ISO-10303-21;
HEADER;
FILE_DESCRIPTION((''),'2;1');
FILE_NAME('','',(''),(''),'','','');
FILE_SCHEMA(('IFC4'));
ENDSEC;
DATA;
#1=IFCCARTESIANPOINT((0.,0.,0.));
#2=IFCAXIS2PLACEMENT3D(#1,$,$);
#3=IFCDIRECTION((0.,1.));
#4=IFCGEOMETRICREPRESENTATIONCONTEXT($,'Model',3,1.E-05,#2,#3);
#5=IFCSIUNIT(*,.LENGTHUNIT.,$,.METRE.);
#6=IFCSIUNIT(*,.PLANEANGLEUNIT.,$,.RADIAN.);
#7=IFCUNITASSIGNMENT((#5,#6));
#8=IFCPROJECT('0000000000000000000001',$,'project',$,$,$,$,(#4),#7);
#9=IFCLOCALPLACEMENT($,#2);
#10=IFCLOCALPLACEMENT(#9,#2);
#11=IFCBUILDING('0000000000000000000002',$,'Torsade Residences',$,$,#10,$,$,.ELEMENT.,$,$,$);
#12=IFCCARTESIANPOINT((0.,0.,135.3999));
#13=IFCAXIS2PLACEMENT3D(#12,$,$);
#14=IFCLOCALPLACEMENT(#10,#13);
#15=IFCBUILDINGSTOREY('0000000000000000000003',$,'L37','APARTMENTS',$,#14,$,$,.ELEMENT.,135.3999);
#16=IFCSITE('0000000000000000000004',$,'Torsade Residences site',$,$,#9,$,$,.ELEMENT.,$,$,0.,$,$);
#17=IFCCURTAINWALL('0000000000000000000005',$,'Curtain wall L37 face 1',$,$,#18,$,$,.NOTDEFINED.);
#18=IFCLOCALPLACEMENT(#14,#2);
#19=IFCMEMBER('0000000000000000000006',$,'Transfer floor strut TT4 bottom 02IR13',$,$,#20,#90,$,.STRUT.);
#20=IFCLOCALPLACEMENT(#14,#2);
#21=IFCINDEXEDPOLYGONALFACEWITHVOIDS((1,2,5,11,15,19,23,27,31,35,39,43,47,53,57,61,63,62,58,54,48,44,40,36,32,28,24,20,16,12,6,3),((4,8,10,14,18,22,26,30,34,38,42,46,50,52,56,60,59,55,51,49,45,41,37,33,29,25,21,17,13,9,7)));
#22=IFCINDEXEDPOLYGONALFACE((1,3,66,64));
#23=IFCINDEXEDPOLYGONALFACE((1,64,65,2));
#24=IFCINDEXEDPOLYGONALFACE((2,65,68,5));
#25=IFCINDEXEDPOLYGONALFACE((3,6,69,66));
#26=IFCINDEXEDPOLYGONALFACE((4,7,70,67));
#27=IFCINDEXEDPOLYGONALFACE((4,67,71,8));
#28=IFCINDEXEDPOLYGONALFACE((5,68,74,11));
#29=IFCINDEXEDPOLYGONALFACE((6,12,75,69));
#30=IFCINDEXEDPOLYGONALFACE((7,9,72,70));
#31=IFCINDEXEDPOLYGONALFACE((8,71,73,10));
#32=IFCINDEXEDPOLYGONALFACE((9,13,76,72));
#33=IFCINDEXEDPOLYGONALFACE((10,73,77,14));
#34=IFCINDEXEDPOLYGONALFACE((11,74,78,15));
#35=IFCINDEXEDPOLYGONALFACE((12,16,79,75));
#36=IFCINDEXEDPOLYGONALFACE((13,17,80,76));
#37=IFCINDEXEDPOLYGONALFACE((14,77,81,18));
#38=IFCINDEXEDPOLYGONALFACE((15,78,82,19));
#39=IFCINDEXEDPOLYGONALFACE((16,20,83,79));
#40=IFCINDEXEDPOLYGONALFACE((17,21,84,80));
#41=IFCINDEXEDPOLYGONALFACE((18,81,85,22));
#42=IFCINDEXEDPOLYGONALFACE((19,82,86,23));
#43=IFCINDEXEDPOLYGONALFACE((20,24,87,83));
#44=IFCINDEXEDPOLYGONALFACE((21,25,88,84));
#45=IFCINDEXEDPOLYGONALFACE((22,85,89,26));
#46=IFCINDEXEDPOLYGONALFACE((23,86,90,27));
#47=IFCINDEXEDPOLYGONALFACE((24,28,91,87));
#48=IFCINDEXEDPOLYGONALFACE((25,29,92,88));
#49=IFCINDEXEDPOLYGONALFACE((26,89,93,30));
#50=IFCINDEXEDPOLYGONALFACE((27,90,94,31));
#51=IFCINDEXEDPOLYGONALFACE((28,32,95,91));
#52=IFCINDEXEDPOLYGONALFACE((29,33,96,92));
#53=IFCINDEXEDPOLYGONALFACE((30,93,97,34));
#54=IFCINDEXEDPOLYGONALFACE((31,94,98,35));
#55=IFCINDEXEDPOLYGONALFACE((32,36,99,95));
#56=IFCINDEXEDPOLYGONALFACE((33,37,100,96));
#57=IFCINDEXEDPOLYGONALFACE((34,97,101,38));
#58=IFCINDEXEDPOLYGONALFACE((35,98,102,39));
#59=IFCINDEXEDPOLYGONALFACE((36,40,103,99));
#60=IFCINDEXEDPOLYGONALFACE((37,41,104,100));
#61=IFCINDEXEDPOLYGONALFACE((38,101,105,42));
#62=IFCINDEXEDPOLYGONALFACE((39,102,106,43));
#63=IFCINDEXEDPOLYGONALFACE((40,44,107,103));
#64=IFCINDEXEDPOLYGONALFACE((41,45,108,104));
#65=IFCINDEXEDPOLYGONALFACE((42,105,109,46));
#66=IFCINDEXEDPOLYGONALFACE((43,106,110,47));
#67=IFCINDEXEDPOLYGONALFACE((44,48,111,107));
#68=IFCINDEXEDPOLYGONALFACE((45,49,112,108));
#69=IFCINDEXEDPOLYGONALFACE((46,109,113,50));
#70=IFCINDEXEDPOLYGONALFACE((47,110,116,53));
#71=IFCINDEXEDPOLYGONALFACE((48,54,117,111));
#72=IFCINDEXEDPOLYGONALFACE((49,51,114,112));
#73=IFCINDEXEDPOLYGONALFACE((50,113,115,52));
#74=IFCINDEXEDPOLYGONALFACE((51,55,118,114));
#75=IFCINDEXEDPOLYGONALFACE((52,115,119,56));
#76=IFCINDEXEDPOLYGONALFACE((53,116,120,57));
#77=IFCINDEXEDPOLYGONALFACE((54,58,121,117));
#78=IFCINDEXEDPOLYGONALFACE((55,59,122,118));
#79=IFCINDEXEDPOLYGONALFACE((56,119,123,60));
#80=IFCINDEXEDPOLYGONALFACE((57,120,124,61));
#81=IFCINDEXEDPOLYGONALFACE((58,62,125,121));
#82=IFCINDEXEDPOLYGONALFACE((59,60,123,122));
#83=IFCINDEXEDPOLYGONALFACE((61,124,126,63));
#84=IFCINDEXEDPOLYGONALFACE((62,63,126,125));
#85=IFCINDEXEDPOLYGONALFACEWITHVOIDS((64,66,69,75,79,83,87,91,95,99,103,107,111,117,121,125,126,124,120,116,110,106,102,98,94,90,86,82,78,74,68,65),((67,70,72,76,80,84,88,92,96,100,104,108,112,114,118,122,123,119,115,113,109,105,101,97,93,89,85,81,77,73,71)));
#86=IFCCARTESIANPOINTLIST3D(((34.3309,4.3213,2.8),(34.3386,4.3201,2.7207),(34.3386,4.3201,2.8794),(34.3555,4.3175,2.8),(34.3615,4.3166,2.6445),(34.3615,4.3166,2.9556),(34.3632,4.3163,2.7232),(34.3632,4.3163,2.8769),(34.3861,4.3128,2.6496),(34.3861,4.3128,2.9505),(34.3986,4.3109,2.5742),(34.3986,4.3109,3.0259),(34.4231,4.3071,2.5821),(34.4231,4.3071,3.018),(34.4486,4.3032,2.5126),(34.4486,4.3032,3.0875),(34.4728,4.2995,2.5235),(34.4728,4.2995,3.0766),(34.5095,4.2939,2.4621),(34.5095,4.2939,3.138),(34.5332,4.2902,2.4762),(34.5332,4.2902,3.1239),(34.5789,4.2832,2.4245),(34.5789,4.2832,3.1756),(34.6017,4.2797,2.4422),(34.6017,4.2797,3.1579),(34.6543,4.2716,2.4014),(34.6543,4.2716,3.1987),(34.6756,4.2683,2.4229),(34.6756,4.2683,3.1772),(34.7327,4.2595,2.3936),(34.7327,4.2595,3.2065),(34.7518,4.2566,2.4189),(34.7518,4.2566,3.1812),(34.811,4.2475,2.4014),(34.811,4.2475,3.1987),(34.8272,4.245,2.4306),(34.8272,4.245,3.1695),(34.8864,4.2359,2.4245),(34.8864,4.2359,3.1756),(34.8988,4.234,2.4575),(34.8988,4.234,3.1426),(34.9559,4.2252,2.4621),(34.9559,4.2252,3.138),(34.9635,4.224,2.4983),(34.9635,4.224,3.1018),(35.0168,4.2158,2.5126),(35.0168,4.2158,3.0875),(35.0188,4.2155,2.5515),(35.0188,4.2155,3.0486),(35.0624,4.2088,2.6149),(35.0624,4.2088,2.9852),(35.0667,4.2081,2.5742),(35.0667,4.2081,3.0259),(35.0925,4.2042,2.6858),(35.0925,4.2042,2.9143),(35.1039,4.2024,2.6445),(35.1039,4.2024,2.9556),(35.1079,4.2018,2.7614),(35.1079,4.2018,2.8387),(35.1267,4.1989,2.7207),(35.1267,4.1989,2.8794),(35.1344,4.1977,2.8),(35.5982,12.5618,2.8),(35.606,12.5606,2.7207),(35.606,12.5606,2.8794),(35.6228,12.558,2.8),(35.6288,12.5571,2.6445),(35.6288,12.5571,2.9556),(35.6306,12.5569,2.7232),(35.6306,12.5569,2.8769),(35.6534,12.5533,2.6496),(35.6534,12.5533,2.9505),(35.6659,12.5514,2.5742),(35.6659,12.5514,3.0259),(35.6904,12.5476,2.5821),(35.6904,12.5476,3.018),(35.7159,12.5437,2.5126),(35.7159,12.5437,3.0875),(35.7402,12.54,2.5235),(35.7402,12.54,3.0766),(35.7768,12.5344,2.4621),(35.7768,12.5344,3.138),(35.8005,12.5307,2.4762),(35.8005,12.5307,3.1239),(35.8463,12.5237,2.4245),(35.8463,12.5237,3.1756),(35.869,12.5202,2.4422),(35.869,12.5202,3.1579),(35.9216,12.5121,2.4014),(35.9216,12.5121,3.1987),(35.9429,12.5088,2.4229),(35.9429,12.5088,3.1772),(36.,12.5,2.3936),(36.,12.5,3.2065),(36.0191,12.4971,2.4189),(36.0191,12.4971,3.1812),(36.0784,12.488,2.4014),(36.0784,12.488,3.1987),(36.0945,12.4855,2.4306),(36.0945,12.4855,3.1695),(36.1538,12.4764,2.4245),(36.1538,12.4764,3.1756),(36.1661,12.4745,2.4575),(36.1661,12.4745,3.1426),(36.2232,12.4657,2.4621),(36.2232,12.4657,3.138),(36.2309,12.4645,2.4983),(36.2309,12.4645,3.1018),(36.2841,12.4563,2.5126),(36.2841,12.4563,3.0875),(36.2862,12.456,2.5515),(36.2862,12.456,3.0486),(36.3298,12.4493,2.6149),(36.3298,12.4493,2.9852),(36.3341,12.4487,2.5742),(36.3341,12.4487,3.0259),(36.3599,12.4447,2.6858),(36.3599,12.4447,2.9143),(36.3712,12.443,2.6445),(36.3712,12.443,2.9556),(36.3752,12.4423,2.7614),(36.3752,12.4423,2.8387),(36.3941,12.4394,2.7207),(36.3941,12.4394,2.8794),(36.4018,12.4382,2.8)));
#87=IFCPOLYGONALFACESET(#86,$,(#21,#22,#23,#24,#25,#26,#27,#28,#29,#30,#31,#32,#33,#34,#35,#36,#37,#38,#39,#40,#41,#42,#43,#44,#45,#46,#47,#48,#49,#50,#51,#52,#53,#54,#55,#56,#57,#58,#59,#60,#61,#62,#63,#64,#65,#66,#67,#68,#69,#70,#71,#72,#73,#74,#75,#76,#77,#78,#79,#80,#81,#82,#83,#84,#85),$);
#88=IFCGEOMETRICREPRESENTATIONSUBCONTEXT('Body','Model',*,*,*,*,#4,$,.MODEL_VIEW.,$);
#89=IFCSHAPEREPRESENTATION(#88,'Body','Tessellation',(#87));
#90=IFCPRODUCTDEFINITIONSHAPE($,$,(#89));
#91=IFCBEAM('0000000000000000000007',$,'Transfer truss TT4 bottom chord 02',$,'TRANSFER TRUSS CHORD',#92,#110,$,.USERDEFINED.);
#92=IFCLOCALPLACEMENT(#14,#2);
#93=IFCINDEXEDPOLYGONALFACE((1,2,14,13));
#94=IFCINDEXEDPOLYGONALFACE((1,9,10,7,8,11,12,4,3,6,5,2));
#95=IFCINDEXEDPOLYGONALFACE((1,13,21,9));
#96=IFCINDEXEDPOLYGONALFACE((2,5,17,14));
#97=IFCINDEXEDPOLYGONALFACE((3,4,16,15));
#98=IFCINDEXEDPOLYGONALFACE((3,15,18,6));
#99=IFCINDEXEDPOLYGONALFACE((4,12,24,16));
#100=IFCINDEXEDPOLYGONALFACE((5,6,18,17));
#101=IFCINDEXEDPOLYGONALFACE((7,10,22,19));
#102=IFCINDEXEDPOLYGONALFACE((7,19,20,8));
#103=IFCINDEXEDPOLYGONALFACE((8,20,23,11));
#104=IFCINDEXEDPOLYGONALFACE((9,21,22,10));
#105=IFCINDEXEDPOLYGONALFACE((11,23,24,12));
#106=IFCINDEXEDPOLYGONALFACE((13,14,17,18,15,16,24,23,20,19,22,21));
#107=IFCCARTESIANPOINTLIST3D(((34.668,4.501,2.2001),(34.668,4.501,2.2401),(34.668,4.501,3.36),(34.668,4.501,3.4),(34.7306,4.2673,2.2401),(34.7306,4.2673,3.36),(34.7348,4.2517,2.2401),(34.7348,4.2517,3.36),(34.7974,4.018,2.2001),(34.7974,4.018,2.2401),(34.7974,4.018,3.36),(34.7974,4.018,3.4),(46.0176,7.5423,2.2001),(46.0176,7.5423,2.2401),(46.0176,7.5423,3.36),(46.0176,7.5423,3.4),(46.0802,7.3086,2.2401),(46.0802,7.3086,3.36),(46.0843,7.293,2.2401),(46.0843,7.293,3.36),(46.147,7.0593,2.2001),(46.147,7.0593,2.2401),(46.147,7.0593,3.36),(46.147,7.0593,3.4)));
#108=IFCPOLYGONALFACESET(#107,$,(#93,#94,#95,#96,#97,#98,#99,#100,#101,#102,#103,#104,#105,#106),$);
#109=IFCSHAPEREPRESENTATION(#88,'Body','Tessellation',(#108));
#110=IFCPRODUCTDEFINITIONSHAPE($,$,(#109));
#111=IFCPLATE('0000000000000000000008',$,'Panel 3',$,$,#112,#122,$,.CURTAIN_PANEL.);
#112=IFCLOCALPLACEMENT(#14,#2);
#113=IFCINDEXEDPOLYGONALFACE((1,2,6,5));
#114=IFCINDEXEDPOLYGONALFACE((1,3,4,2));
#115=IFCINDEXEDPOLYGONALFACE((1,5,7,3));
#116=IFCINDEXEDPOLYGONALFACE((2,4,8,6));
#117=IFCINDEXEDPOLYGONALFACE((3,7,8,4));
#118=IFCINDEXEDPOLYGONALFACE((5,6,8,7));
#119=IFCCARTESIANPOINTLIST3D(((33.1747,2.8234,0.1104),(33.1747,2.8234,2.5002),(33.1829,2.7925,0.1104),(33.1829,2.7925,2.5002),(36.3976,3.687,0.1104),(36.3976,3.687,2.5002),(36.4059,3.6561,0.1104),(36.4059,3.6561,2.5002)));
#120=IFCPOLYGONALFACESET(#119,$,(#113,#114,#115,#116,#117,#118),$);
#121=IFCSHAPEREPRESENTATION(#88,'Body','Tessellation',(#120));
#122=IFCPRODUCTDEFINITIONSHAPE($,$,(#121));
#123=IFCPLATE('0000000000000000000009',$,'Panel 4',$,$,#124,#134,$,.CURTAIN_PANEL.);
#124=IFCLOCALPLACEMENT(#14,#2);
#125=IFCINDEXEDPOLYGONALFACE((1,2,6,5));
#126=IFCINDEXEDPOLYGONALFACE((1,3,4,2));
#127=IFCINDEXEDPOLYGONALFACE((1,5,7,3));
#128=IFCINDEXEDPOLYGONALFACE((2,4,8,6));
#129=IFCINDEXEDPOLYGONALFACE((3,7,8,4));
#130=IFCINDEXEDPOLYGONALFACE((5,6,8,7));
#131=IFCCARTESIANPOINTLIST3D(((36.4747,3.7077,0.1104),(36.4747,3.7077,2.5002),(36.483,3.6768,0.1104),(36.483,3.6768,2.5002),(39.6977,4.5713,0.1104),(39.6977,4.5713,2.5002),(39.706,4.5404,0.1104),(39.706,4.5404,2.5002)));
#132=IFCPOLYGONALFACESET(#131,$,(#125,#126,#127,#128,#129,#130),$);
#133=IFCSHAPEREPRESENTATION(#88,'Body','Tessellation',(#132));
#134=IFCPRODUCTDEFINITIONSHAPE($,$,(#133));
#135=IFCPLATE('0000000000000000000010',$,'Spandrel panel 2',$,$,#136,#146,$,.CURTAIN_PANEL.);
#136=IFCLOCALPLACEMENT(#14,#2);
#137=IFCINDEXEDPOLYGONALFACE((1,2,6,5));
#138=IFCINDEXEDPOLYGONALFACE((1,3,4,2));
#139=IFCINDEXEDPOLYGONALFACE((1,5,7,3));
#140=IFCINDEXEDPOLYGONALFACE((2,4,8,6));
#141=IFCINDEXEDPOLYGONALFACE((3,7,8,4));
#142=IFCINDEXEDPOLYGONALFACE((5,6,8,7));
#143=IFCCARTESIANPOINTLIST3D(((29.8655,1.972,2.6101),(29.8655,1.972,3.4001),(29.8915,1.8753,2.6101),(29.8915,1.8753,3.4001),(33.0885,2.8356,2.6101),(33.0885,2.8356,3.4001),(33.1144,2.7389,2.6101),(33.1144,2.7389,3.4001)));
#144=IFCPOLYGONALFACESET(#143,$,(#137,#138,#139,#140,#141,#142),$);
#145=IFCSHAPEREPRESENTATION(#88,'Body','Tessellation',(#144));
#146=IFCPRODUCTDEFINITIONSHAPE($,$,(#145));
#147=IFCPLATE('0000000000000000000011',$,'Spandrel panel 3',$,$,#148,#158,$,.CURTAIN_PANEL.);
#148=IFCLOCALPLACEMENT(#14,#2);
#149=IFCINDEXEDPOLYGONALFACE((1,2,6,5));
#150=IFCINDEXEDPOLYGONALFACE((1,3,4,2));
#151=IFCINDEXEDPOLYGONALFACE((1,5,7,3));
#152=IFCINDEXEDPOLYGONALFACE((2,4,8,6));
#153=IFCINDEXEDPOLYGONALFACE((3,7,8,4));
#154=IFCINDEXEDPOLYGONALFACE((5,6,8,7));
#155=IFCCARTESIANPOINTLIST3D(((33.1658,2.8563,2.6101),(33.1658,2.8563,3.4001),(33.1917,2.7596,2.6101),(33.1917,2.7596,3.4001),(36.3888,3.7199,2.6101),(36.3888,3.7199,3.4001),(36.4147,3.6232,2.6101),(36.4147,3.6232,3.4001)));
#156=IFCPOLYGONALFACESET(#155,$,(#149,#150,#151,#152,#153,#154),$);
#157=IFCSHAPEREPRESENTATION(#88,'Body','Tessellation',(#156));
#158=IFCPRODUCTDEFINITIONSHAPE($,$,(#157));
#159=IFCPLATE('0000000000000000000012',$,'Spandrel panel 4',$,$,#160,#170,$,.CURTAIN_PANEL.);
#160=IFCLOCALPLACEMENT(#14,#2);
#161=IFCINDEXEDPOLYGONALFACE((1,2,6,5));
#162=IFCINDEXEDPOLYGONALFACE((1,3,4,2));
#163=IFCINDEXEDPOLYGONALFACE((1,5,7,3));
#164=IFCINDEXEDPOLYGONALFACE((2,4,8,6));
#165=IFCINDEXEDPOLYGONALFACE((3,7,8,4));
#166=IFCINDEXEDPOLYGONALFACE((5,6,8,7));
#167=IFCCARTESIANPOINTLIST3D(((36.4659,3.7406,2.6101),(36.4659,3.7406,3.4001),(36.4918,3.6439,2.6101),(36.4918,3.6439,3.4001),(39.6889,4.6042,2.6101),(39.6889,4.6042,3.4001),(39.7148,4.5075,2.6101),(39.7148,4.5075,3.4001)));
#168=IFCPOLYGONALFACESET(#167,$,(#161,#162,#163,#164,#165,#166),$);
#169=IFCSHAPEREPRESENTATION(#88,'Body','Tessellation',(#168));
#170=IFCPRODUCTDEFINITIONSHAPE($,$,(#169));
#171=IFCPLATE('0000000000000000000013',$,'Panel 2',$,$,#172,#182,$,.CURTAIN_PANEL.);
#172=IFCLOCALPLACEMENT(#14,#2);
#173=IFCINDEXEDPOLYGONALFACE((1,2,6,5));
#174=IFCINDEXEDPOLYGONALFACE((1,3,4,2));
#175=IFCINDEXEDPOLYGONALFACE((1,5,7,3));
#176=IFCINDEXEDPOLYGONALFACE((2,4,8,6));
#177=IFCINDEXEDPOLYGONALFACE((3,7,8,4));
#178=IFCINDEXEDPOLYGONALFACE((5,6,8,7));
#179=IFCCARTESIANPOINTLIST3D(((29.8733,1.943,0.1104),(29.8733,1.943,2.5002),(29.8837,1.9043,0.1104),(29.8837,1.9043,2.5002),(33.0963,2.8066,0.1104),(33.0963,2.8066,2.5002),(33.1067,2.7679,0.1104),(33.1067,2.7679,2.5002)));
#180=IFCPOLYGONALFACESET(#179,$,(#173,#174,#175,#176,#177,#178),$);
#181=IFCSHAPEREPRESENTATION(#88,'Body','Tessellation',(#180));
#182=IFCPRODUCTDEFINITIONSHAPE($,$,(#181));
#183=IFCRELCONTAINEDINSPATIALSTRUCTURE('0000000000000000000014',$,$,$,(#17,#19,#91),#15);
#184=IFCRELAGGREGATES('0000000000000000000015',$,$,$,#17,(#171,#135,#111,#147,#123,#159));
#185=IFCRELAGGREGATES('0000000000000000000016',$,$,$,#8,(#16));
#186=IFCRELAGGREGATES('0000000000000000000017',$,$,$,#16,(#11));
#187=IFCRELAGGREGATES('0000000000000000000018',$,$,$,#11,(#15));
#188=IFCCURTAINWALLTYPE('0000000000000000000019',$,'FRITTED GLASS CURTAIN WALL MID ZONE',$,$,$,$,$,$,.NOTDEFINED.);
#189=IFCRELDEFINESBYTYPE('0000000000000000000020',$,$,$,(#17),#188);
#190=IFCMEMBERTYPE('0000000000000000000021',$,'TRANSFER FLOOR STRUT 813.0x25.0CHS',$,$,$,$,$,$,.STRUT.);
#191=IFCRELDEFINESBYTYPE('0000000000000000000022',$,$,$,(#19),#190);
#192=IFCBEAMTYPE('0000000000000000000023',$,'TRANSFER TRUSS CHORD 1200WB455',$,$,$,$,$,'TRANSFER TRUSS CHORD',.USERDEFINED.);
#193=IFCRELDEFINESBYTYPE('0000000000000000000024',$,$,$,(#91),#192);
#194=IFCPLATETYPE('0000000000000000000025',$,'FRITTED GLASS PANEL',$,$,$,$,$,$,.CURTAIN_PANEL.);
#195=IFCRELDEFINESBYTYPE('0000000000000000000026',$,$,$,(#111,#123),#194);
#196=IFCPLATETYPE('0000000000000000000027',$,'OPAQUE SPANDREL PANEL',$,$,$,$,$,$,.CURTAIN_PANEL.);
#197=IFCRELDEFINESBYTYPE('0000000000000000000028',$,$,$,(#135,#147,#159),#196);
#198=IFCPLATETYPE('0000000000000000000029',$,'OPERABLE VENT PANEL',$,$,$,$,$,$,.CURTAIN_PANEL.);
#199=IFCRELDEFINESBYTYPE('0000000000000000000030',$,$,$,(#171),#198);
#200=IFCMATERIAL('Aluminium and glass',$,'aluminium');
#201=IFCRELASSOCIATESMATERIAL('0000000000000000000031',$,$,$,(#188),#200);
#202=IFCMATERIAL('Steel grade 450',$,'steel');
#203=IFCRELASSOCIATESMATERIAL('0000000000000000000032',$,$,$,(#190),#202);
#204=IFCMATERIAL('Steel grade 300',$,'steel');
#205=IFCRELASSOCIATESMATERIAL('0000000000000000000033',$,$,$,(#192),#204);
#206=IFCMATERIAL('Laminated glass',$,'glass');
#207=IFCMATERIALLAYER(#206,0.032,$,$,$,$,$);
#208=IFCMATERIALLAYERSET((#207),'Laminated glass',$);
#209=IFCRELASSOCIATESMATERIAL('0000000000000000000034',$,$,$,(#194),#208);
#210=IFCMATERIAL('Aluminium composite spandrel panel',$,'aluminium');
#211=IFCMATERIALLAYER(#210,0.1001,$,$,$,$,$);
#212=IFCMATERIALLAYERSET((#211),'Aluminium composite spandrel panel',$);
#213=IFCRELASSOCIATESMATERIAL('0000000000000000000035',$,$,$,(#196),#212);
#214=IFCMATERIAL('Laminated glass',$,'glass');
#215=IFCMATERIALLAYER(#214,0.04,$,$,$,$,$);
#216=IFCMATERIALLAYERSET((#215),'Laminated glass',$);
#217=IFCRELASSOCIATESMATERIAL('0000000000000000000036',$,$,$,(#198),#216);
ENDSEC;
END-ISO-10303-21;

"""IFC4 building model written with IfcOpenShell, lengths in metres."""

from ifc_helpers import new_model, si_unit, direction, frame, origin, origin_2d, place, context, subcontext, project, spatial, rectangle, hollow_circle, i_section, extrude, material, layer, layer_set, material_profile, profile_set, type_object, element, aggregate, save


model = new_model("IFC4")

# Units and contexts
model_context = context("Model", 3, precision=1e-05, world=origin(), true_north=direction((0.0, 1.0)))
body_context = subcontext(model_context, "Body", "Model", "MODEL_VIEW")
ifc_project = project(units=[si_unit("LENGTHUNIT", "METRE"), si_unit("PLANEANGLEUNIT", "RADIAN")], contexts=[model_context])

# Site, building, storey
site_placement = place(None, origin())
site = spatial("IfcSite", under=ifc_project, at=site_placement, Name="Torsade Residences site", CompositionType="ELEMENT", RefElevation=0.0)
building_placement = place(site_placement, origin())
building = spatial("IfcBuilding", under=site, at=building_placement, Name="Torsade Residences", CompositionType="ELEMENT")
storey_placement = place(building_placement, frame((0.0, 0.0, 135.3999)))
storey = spatial("IfcBuildingStorey", under=building, at=storey_placement, Name="L37", Description="APARTMENTS", CompositionType="ELEMENT", Elevation=135.3999)

# Curtain wall
ifc_material_1 = material(Name="Aluminium and glass", Category="aluminium")
curtain_wall_type = type_object("IfcCurtainWallType", Name="FRITTED GLASS CURTAIN WALL MID ZONE", PredefinedType="NOTDEFINED", material=ifc_material_1)
curtain_wall_placement = place(storey_placement, origin())
curtain_wall = element("IfcCurtainWall", 1, at=curtain_wall_placement, inside=storey, type_object=curtain_wall_type, Name="Curtain wall L37 face 1", PredefinedType="NOTDEFINED")

# Member
ifc_material_2 = material(Name="Steel grade 450", Category="steel")
ifc_material_profile_1 = material_profile(ifc_material_2, hollow_circle(Radius=0.4065, WallThickness=0.0249, at=origin_2d()), Name="813.0x25.0CHS")
ifc_profile_set_1 = profile_set([ifc_material_profile_1], Name="Steel grade 450")
member_type_1 = type_object("IfcMemberType", Name="TRANSFER FLOOR STRUT 813.0x25.0CHS", PredefinedType="STRUT", material=ifc_profile_set_1)
member_1_placement = place(storey_placement, frame((34.7327, 4.2595, 2.8), z_axis=(0.152007, 0.988379, 0.0), x_axis=(-0.988379, 0.152007, 0.0)))
element("IfcMember", 2, at=member_1_placement, inside=storey, type_object=member_type_1, Name="Transfer floor strut TT4 bottom 02IR13", PredefinedType="STRUT", context=body_context, shape_type="SweptSolid", body=[
    extrude(hollow_circle(Radius=0.4065, WallThickness=0.0249, at=origin_2d()), origin(), (0.0, 0.0, 1.0), 8.3374),
])

# Beam
ifc_material_3 = material(Name="Steel grade 300", Category="steel")
ifc_material_profile_2 = material_profile(ifc_material_3, i_section(OverallWidth=0.5, OverallDepth=1.2, WebThickness=0.0161, FlangeThickness=0.04, at=origin_2d()), Name="1200WB455")
ifc_profile_set_2 = profile_set([ifc_material_profile_2], Name="Steel grade 300")
beam_type_1 = type_object("IfcBeamType", Name="TRANSFER TRUSS CHORD 1200WB455", ElementType="TRANSFER TRUSS CHORD", PredefinedType="USERDEFINED", material=ifc_profile_set_2)
beam_1_placement = place(storey_placement, frame((34.7327, 4.2595, 2.8), z_axis=(0.965923, 0.25883, 0.0), x_axis=(-0.25883, 0.965923, 0.0)))
element("IfcBeam", 3, at=beam_1_placement, inside=storey, type_object=beam_type_1, Name="Transfer truss TT4 bottom chord 02", ObjectType="TRANSFER TRUSS CHORD", PredefinedType="USERDEFINED", context=body_context, shape_type="SweptSolid", body=[
    extrude(i_section(OverallWidth=0.5, OverallDepth=1.2, WebThickness=0.0161, FlangeThickness=0.04, at=origin_2d()), origin(), (0.0, 0.0, 1.0), 11.75),
])

# Plates
ifc_material_4 = material(Name="Laminated glass", Category="glass")
ifc_layer_1 = layer(ifc_material_4, 0.032)
ifc_layer_set_1 = layer_set([ifc_layer_1], Name="Laminated glass")
plate_type_1 = type_object("IfcPlateType", Name="FRITTED GLASS PANEL", PredefinedType="CURTAIN_PANEL", material=ifc_layer_set_1)
plate_1_placement = place(storey_placement, frame((34.7903, 3.2397, 0.1104), z_axis=(0.0, 0.0, 1.0), x_axis=(0.965926, 0.258819, 0.0)))
plate_1 = element("IfcPlate", 4, at=plate_1_placement, type_object=plate_type_1, Name="Panel 3", PredefinedType="CURTAIN_PANEL", context=body_context, shape_type="SweptSolid", body=[
    extrude(rectangle(XDim=3.3367, YDim=0.032, at=origin_2d()), origin(), (0.0, 0.0, 1.0), 2.3899),
])
plate_2_placement = place(storey_placement, frame((38.0903, 4.124, 0.1104), z_axis=(0.0, 0.0, 1.0), x_axis=(0.965926, 0.258819, 0.0)))
plate_2 = element("IfcPlate", 5, at=plate_2_placement, type_object=plate_type_1, Name="Panel 4", PredefinedType="CURTAIN_PANEL", context=body_context, shape_type="SweptSolid", body=[
    extrude(rectangle(XDim=3.3367, YDim=0.032, at=origin_2d()), origin(), (0.0, 0.0, 1.0), 2.3899),
])
ifc_material_5 = material(Name="Aluminium composite spandrel panel", Category="aluminium")
ifc_layer_2 = layer(ifc_material_5, 0.1001)
ifc_layer_set_2 = layer_set([ifc_layer_2], Name="Aluminium composite spandrel panel")
plate_type_2 = type_object("IfcPlateType", Name="OPAQUE SPANDREL PANEL", PredefinedType="CURTAIN_PANEL", material=ifc_layer_set_2)
plate_3_placement = place(storey_placement, frame((31.49, 2.3555, 2.6101), z_axis=(0.0, 0.0, 1.0), x_axis=(0.965926, 0.258819, 0.0)))
plate_3 = element("IfcPlate", 6, at=plate_3_placement, type_object=plate_type_2, Name="Spandrel panel 2", PredefinedType="CURTAIN_PANEL", context=body_context, shape_type="SweptSolid", body=[
    extrude(rectangle(XDim=3.3367, YDim=0.1001, at=origin_2d()), origin(), (0.0, 0.0, 1.0), 0.79),
])
plate_4_placement = place(storey_placement, frame((34.7903, 3.2397, 2.6101), z_axis=(0.0, 0.0, 1.0), x_axis=(0.965926, 0.258819, 0.0)))
plate_4 = element("IfcPlate", 7, at=plate_4_placement, type_object=plate_type_2, Name="Spandrel panel 3", PredefinedType="CURTAIN_PANEL", context=body_context, shape_type="SweptSolid", body=[
    extrude(rectangle(XDim=3.3367, YDim=0.1001, at=origin_2d()), origin(), (0.0, 0.0, 1.0), 0.79),
])
plate_5_placement = place(storey_placement, frame((38.0903, 4.124, 2.6101), z_axis=(0.0, 0.0, 1.0), x_axis=(0.965926, 0.258819, 0.0)))
plate_5 = element("IfcPlate", 8, at=plate_5_placement, type_object=plate_type_2, Name="Spandrel panel 4", PredefinedType="CURTAIN_PANEL", context=body_context, shape_type="SweptSolid", body=[
    extrude(rectangle(XDim=3.3367, YDim=0.1001, at=origin_2d()), origin(), (0.0, 0.0, 1.0), 0.79),
])
ifc_material_6 = material(Name="Laminated glass", Category="glass")
ifc_layer_3 = layer(ifc_material_6, 0.04)
ifc_layer_set_3 = layer_set([ifc_layer_3], Name="Laminated glass")
plate_type_3 = type_object("IfcPlateType", Name="OPERABLE VENT PANEL", PredefinedType="CURTAIN_PANEL", material=ifc_layer_set_3)
plate_6_placement = place(storey_placement, frame((31.49, 2.3555, 0.1104), z_axis=(0.0, 0.0, 1.0), x_axis=(0.965926, 0.258819, 0.0)))
plate_6 = element("IfcPlate", 9, at=plate_6_placement, type_object=plate_type_3, Name="Panel 2", PredefinedType="CURTAIN_PANEL", context=body_context, shape_type="SweptSolid", body=[
    extrude(rectangle(XDim=3.3367, YDim=0.04, at=origin_2d()), origin(), (0.0, 0.0, 1.0), 2.3899),
])
aggregate(curtain_wall, [plate_6, plate_3, plate_1, plate_4, plate_2, plate_5])

save(model, "model.ifc")
